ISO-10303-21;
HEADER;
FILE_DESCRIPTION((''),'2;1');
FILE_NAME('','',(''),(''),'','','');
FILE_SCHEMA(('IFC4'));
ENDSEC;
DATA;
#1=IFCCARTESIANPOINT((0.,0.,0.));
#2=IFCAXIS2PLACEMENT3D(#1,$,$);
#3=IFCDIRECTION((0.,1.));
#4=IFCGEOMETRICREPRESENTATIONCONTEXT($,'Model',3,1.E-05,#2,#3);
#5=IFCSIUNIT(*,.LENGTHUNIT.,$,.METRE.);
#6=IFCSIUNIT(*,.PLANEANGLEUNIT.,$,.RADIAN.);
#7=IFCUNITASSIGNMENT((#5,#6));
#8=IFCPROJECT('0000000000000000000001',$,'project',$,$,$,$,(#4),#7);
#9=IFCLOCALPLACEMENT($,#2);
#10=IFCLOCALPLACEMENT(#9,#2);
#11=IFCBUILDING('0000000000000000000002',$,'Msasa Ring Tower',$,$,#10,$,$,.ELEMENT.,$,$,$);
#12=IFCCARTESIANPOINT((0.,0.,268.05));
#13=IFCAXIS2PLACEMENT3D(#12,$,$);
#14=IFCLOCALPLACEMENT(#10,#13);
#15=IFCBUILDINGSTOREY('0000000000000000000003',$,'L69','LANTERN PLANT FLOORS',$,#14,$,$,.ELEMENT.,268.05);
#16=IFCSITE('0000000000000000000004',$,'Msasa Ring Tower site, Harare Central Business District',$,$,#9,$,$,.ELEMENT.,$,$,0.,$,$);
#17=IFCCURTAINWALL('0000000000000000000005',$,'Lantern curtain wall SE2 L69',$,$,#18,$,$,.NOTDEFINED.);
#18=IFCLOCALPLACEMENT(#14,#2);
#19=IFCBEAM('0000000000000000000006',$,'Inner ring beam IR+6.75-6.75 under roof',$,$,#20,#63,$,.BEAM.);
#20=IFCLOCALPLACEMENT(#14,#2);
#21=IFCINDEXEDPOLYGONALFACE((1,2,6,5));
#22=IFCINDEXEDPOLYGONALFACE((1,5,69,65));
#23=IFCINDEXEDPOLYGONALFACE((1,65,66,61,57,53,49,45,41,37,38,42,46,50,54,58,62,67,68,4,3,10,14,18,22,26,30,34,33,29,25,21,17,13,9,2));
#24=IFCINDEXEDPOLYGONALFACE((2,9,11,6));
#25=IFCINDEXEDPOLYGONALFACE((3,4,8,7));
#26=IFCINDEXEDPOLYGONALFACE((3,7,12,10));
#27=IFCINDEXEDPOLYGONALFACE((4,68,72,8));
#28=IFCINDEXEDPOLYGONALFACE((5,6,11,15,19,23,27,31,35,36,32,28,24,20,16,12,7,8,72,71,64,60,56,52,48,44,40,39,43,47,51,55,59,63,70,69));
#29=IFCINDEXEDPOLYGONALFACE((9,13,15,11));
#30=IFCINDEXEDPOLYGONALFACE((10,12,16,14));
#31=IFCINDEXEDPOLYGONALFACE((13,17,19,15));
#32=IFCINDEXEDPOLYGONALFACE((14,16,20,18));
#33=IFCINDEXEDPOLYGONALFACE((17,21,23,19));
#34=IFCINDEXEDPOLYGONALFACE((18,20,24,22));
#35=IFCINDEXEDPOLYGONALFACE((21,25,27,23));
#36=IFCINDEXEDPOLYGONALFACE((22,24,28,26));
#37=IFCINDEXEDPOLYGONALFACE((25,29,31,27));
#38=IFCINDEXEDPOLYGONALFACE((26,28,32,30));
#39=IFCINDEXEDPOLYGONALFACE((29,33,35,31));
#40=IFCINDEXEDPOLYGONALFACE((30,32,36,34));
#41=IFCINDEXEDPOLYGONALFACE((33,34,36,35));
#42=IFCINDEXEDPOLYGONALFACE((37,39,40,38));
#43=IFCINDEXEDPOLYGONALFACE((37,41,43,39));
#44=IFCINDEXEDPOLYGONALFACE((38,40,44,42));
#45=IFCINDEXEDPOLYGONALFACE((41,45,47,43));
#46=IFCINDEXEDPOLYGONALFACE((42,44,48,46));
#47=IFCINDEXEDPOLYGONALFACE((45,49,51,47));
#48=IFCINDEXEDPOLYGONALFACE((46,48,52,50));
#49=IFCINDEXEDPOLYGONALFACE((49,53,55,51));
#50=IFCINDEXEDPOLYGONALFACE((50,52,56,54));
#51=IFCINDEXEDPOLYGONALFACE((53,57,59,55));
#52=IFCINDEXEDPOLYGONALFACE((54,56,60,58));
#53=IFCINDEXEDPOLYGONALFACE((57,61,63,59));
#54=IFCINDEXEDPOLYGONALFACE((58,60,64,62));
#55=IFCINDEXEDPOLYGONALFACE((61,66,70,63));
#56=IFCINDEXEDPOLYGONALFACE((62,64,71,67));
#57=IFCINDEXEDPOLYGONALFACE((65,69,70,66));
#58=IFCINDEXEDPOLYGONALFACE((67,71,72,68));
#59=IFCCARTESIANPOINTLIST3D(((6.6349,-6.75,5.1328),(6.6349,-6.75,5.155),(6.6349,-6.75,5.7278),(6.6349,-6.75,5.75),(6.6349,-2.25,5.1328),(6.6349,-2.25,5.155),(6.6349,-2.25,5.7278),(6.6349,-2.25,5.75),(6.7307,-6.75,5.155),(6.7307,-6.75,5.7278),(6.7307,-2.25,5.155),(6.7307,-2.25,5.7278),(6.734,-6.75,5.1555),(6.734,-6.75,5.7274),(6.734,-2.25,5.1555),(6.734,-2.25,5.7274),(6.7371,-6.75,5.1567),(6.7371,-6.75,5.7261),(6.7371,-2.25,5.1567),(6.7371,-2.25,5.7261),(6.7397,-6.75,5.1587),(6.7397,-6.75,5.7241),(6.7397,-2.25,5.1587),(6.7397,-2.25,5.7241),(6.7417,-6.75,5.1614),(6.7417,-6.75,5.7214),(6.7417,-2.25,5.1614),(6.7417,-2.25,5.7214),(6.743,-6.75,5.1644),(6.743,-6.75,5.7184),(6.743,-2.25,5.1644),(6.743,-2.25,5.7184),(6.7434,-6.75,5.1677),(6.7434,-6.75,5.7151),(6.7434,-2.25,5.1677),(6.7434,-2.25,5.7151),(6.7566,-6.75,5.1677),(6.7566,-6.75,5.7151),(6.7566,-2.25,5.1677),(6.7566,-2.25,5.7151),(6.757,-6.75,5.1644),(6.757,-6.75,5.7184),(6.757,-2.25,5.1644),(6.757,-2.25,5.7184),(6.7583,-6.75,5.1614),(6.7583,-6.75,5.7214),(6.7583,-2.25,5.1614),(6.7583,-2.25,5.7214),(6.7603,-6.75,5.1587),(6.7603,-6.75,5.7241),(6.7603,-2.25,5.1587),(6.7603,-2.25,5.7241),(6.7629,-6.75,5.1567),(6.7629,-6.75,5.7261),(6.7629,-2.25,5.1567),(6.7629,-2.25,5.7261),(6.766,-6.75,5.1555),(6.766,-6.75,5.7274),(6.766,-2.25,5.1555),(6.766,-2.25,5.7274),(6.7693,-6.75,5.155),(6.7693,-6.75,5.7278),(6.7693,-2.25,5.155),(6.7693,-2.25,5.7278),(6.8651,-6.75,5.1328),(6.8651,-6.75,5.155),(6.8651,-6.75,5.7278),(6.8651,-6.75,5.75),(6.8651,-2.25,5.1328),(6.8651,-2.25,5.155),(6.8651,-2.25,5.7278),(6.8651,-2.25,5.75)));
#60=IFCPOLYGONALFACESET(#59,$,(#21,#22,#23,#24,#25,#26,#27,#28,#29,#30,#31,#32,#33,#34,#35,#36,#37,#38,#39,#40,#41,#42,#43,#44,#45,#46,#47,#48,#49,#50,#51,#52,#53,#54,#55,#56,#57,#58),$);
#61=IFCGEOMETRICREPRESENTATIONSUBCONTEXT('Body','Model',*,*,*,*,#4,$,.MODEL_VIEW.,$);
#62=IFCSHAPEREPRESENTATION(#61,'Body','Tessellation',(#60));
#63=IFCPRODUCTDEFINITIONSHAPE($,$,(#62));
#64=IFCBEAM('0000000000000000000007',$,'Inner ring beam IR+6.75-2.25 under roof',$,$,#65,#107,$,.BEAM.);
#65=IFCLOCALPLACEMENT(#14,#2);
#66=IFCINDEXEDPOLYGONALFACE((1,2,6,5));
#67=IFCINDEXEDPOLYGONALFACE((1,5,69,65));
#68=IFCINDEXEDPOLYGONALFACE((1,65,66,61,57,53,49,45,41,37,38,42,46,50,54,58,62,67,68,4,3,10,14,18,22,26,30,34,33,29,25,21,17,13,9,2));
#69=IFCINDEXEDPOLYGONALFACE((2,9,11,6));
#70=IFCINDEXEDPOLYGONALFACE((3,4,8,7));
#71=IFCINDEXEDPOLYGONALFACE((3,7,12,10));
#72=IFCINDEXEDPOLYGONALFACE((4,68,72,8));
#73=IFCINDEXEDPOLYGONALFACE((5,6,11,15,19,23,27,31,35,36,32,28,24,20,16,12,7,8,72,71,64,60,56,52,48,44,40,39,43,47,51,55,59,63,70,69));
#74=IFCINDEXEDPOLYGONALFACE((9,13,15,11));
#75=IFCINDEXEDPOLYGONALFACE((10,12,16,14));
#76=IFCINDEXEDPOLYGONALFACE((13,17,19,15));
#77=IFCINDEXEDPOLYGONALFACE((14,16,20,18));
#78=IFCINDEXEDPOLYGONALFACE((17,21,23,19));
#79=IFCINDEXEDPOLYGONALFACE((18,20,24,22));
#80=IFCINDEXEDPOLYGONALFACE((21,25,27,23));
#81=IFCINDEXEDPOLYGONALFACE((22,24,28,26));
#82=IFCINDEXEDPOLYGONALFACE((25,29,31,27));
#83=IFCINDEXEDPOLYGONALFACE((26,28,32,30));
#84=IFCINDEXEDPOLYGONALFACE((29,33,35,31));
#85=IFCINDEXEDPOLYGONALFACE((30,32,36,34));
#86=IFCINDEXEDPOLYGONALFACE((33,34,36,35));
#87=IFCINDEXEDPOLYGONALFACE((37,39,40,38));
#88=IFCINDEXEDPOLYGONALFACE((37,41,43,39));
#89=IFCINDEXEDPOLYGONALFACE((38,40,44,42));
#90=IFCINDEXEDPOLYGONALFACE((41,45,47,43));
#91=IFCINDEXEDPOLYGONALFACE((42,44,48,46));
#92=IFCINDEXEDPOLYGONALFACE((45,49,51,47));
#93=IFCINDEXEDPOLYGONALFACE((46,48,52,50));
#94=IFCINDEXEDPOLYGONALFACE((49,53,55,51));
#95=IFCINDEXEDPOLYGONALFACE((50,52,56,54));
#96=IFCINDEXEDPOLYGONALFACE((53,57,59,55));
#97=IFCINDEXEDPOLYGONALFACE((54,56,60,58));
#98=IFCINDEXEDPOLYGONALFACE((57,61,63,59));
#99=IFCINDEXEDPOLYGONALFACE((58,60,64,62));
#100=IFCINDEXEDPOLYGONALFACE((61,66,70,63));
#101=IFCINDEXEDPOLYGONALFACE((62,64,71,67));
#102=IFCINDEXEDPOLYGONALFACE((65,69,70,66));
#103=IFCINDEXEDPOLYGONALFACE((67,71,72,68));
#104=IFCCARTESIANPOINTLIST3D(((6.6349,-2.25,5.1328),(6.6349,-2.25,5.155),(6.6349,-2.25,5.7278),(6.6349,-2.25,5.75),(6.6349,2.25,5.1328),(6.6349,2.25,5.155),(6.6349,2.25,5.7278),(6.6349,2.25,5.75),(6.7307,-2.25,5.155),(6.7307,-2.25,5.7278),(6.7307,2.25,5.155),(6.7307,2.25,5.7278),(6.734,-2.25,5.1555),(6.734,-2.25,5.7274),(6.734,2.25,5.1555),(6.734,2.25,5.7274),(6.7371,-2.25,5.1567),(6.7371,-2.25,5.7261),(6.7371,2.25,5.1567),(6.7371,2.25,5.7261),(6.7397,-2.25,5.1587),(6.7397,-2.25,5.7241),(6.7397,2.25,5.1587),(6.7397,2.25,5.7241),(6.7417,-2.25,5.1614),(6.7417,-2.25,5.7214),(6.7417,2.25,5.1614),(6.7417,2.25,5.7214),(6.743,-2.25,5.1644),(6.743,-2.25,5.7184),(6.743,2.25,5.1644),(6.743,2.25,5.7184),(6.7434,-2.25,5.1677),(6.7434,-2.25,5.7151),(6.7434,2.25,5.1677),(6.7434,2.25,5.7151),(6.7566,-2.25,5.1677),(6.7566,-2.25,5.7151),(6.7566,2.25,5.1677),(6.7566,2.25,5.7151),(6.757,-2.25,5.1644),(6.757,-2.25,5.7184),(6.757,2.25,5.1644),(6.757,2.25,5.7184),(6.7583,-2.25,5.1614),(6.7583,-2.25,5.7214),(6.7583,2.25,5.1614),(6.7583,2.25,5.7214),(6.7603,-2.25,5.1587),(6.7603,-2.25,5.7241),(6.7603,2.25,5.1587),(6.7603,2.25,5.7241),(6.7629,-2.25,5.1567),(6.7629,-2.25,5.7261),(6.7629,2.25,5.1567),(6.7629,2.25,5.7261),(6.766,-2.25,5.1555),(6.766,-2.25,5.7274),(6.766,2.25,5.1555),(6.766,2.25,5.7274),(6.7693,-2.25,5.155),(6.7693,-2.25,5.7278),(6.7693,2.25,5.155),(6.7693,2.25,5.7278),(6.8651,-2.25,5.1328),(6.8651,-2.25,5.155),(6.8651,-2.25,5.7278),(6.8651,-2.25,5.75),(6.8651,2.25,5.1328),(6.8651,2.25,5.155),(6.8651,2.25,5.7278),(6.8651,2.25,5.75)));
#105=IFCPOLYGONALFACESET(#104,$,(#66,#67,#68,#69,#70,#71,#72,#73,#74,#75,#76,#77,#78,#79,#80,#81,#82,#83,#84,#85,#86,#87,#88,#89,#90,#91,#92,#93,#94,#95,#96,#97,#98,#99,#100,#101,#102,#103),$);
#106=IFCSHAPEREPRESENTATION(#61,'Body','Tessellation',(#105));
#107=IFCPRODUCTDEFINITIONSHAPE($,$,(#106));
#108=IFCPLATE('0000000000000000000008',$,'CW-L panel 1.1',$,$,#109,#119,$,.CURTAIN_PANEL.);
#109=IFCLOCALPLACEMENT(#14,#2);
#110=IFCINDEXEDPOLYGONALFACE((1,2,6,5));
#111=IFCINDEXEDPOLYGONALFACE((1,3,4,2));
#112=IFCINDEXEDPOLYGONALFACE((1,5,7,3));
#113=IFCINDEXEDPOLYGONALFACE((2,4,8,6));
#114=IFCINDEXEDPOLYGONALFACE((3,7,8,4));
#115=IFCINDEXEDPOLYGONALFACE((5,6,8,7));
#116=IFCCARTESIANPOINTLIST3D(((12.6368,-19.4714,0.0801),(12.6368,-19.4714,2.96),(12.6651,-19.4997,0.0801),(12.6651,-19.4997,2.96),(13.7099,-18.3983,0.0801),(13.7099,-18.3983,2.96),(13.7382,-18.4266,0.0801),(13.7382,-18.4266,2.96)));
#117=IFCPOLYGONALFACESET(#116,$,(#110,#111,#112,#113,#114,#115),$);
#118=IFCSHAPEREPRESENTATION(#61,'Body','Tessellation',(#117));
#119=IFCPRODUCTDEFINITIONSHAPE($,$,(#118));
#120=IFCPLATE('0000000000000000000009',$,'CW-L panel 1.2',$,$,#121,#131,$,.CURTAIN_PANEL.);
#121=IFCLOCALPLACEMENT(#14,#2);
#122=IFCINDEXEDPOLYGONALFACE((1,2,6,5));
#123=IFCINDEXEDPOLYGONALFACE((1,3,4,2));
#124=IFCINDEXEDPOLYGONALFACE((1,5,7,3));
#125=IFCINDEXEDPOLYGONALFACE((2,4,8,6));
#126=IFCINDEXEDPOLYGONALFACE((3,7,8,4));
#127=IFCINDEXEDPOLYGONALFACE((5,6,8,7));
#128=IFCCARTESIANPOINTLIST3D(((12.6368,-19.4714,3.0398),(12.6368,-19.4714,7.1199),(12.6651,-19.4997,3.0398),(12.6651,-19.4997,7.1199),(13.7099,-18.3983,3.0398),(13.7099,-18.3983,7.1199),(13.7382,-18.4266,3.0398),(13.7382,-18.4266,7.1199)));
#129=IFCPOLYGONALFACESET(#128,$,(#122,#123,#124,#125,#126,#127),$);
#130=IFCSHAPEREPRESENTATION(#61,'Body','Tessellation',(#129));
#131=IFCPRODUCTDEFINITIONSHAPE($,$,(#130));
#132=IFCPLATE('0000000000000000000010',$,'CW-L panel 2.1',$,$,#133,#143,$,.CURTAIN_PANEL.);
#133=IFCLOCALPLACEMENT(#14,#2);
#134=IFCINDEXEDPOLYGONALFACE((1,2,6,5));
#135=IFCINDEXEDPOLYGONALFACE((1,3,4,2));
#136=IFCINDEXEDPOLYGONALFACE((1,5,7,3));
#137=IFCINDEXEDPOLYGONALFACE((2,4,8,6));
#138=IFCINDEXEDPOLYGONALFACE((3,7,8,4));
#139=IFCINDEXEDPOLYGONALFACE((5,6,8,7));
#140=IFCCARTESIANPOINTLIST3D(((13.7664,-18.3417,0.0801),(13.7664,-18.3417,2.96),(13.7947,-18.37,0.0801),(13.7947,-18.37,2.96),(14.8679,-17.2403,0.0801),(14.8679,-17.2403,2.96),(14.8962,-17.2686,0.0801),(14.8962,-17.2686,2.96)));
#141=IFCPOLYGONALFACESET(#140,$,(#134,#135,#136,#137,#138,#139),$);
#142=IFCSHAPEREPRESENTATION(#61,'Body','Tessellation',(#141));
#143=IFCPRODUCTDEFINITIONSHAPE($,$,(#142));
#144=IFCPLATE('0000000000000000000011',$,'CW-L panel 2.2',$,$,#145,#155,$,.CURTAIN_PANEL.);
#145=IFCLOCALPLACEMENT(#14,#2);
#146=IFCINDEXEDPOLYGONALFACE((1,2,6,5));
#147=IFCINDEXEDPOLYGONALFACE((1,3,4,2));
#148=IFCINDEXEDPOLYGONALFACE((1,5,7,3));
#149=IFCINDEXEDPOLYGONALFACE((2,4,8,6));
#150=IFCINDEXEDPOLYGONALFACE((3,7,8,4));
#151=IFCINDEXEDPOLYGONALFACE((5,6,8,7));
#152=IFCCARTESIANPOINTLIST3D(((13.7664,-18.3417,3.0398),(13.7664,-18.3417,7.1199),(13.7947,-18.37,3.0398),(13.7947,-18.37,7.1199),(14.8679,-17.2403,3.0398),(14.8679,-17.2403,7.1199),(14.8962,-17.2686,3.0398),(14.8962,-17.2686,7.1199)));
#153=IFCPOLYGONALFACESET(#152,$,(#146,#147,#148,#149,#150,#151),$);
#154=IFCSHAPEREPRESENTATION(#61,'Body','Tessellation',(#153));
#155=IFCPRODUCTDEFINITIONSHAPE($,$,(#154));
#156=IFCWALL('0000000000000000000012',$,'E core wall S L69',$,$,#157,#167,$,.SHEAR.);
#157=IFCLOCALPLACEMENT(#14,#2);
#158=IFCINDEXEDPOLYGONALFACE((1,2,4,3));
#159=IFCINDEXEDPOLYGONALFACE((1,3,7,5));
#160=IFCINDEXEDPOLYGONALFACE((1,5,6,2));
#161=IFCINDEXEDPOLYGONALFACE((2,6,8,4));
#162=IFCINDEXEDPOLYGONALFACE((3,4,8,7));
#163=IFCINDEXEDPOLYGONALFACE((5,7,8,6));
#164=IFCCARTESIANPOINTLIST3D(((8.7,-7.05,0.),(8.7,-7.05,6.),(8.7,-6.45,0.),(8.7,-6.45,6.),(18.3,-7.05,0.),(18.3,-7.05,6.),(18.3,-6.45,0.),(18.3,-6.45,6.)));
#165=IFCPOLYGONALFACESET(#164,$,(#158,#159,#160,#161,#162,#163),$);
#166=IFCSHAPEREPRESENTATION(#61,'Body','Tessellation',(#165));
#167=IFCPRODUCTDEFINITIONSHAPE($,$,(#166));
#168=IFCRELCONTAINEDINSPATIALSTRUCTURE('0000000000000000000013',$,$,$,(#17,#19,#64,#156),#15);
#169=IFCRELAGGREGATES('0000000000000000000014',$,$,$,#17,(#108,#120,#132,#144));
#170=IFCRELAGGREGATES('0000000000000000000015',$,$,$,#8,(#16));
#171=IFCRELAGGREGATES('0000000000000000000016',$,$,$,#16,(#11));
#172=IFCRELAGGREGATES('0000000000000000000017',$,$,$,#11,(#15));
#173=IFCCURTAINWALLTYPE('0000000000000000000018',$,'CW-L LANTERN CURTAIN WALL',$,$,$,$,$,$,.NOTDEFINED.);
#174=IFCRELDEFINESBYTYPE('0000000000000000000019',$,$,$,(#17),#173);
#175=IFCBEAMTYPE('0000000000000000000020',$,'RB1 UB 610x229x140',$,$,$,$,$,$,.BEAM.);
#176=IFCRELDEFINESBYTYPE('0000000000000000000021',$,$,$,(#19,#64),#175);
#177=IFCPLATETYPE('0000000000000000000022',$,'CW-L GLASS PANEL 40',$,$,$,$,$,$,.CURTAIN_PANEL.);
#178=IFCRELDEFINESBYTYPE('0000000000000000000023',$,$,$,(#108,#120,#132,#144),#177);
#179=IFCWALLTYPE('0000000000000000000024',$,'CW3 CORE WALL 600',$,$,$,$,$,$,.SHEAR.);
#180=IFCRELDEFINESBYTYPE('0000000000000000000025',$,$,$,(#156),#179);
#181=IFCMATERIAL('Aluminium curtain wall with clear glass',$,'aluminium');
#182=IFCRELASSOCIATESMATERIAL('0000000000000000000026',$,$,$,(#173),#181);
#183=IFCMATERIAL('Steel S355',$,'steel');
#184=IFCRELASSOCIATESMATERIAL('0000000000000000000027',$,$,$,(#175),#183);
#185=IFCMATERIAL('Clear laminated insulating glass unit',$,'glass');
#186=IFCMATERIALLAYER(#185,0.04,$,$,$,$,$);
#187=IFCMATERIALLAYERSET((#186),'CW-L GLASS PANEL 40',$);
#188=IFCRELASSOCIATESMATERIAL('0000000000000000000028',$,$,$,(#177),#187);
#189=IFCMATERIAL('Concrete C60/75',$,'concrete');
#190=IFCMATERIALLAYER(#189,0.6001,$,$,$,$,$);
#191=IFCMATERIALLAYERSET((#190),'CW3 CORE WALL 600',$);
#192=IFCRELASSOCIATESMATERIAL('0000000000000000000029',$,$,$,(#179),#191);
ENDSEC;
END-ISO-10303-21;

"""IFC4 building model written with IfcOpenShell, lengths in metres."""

from ifc_helpers import new_model, si_unit, direction, frame, frame_2d, origin, origin_2d, place, context, subcontext, project, spatial, rectangle, i_section, extrude, material, layer, layer_set, material_profile, profile_set, type_object, element, aggregate, save


model = new_model("IFC4")

# Units and contexts
model_context = context("Model", 3, precision=1e-05, world=origin(), true_north=direction((0.0, 1.0)))
body_context = subcontext(model_context, "Body", "Model", "MODEL_VIEW")
ifc_project = project(units=[si_unit("LENGTHUNIT", "METRE"), si_unit("PLANEANGLEUNIT", "RADIAN")], contexts=[model_context])

# Site, building, storey
site_placement = place(None, origin())
site = spatial("IfcSite", under=ifc_project, at=site_placement, Name="Msasa Ring Tower site, Harare Central Business District", CompositionType="ELEMENT", RefElevation=0.0)
building_placement = place(site_placement, origin())
building = spatial("IfcBuilding", under=site, at=building_placement, Name="Msasa Ring Tower", CompositionType="ELEMENT")
storey_placement = place(building_placement, frame((0.0, 0.0, 268.05)))
storey = spatial("IfcBuildingStorey", under=building, at=storey_placement, Name="L69", Description="LANTERN PLANT FLOORS", CompositionType="ELEMENT", Elevation=268.05)

# Curtain wall
ifc_material_1 = material(Name="Aluminium curtain wall with clear glass", Category="aluminium")
curtain_wall_type = type_object("IfcCurtainWallType", Name="CW-L LANTERN CURTAIN WALL", PredefinedType="NOTDEFINED", material=ifc_material_1)
curtain_wall_placement = place(storey_placement, origin())
curtain_wall = element("IfcCurtainWall", 1, at=curtain_wall_placement, inside=storey, type_object=curtain_wall_type, Name="Lantern curtain wall SE2 L69", PredefinedType="NOTDEFINED")

# Beams
ifc_material_2 = material(Name="Steel S355", Category="steel")
ifc_material_profile_1 = material_profile(ifc_material_2, i_section(OverallWidth=0.2302, OverallDepth=0.6172, WebThickness=0.0132, FlangeThickness=0.0222, FilletRadius=0.0127, at=origin_2d()), Name="UB 610x229x140")
ifc_profile_set_1 = profile_set([ifc_material_profile_1], Name="Steel S355")
beam_type = type_object("IfcBeamType", Name="RB1 UB 610x229x140", PredefinedType="BEAM", material=ifc_profile_set_1)
for number, where, z_axis, x_axis, name in (
    (2, (6.75, -6.75, 5.4414), (0.0, 1.0, 0.0), (-1.0, 0.0, 0.0), "Inner ring beam IR+6.75-6.75 under roof"),
    (3, (6.75, -2.25, 5.4414), (0.0, 1.0, 0.0), (-1.0, 0.0, 0.0), "Inner ring beam IR+6.75-2.25 under roof"),
):
    element("IfcBeam", number, at=place(storey_placement, frame(where, z_axis=z_axis, x_axis=x_axis)), inside=storey, type_object=beam_type, Name=name, PredefinedType="BEAM", context=body_context, shape_type="SweptSolid", body=[
        extrude(i_section(OverallWidth=0.2302, OverallDepth=0.6172, WebThickness=0.0132, FlangeThickness=0.0222, FilletRadius=0.0127, at=origin_2d()), origin(), (0.0, 0.0, 1.0), 4.5),
    ])

# Plates
ifc_material_3 = material(Name="Clear laminated insulating glass unit", Category="glass")
ifc_layer_1 = layer(ifc_material_3, 0.04)
ifc_layer_set_1 = layer_set([ifc_layer_1], Name="CW-L GLASS PANEL 40")
plate_type = type_object("IfcPlateType", Name="CW-L GLASS PANEL 40", PredefinedType="CURTAIN_PANEL", material=ifc_layer_set_1)
plate_1_placement = place(storey_placement, frame((13.1875, -18.949, 0.0801), z_axis=(0.0, 0.0, 1.0), x_axis=(0.707117, 0.707097, 0.0)))
plate_1 = element("IfcPlate", 4, at=plate_1_placement, type_object=plate_type, Name="CW-L panel 1.1", PredefinedType="CURTAIN_PANEL", context=body_context, shape_type="SweptSolid", body=[
    extrude(rectangle(XDim=1.5176, YDim=0.04, at=origin_2d()), origin(), (0.0, 0.0, 1.0), 2.8799),
])
plate_2_placement = place(storey_placement, frame((13.1875, -18.949, 3.0398), z_axis=(0.0, 0.0, 1.0), x_axis=(0.707117, 0.707097, 0.0)))
plate_2 = element("IfcPlate", 5, at=plate_2_placement, type_object=plate_type, Name="CW-L panel 1.2", PredefinedType="CURTAIN_PANEL", context=body_context, shape_type="SweptSolid", body=[
    extrude(rectangle(XDim=1.5176, YDim=0.04, at=origin_2d()), origin(), (0.0, 0.0, 1.0), 4.0801),
])
plate_3_placement = place(storey_placement, frame((14.3313, -17.8052, 0.0801), z_axis=(0.0, 0.0, 1.0), x_axis=(0.707117, 0.707097, 0.0)))
plate_3 = element("IfcPlate", 6, at=plate_3_placement, type_object=plate_type, Name="CW-L panel 2.1", PredefinedType="CURTAIN_PANEL", context=body_context, shape_type="SweptSolid", body=[
    extrude(rectangle(XDim=1.5576, YDim=0.04, at=origin_2d()), origin(), (0.0, 0.0, 1.0), 2.8799),
])
plate_4_placement = place(storey_placement, frame((14.3313, -17.8052, 3.0398), z_axis=(0.0, 0.0, 1.0), x_axis=(0.707117, 0.707097, 0.0)))
plate_4 = element("IfcPlate", 7, at=plate_4_placement, type_object=plate_type, Name="CW-L panel 2.2", PredefinedType="CURTAIN_PANEL", context=body_context, shape_type="SweptSolid", body=[
    extrude(rectangle(XDim=1.5576, YDim=0.04, at=origin_2d()), origin(), (0.0, 0.0, 1.0), 4.0801),
])
aggregate(curtain_wall, [plate_1, plate_2, plate_3, plate_4])

# Wall
ifc_material_4 = material(Name="Concrete C60/75", Category="concrete")
ifc_layer_2 = layer(ifc_material_4, 0.6001)
ifc_layer_set_2 = layer_set([ifc_layer_2], Name="CW3 CORE WALL 600")
wall_type_1 = type_object("IfcWallType", Name="CW3 CORE WALL 600", PredefinedType="SHEAR", material=ifc_layer_set_2)
wall_1_placement = place(storey_placement, frame((8.7, -6.75, 0.0), z_axis=(0.0, 0.0, 1.0), x_axis=(1.0, 0.0, 0.0)))
element("IfcWall", 8, at=wall_1_placement, inside=storey, type_object=wall_type_1, Name="E core wall S L69", PredefinedType="SHEAR", context=body_context, shape_type="SweptSolid", body=[
    extrude(rectangle(XDim=9.6001, YDim=0.6001, at=frame_2d((4.8, 0.0))), origin(), (0.0, 0.0, 1.0), 6.0),
])

save(model, "model.ifc")
